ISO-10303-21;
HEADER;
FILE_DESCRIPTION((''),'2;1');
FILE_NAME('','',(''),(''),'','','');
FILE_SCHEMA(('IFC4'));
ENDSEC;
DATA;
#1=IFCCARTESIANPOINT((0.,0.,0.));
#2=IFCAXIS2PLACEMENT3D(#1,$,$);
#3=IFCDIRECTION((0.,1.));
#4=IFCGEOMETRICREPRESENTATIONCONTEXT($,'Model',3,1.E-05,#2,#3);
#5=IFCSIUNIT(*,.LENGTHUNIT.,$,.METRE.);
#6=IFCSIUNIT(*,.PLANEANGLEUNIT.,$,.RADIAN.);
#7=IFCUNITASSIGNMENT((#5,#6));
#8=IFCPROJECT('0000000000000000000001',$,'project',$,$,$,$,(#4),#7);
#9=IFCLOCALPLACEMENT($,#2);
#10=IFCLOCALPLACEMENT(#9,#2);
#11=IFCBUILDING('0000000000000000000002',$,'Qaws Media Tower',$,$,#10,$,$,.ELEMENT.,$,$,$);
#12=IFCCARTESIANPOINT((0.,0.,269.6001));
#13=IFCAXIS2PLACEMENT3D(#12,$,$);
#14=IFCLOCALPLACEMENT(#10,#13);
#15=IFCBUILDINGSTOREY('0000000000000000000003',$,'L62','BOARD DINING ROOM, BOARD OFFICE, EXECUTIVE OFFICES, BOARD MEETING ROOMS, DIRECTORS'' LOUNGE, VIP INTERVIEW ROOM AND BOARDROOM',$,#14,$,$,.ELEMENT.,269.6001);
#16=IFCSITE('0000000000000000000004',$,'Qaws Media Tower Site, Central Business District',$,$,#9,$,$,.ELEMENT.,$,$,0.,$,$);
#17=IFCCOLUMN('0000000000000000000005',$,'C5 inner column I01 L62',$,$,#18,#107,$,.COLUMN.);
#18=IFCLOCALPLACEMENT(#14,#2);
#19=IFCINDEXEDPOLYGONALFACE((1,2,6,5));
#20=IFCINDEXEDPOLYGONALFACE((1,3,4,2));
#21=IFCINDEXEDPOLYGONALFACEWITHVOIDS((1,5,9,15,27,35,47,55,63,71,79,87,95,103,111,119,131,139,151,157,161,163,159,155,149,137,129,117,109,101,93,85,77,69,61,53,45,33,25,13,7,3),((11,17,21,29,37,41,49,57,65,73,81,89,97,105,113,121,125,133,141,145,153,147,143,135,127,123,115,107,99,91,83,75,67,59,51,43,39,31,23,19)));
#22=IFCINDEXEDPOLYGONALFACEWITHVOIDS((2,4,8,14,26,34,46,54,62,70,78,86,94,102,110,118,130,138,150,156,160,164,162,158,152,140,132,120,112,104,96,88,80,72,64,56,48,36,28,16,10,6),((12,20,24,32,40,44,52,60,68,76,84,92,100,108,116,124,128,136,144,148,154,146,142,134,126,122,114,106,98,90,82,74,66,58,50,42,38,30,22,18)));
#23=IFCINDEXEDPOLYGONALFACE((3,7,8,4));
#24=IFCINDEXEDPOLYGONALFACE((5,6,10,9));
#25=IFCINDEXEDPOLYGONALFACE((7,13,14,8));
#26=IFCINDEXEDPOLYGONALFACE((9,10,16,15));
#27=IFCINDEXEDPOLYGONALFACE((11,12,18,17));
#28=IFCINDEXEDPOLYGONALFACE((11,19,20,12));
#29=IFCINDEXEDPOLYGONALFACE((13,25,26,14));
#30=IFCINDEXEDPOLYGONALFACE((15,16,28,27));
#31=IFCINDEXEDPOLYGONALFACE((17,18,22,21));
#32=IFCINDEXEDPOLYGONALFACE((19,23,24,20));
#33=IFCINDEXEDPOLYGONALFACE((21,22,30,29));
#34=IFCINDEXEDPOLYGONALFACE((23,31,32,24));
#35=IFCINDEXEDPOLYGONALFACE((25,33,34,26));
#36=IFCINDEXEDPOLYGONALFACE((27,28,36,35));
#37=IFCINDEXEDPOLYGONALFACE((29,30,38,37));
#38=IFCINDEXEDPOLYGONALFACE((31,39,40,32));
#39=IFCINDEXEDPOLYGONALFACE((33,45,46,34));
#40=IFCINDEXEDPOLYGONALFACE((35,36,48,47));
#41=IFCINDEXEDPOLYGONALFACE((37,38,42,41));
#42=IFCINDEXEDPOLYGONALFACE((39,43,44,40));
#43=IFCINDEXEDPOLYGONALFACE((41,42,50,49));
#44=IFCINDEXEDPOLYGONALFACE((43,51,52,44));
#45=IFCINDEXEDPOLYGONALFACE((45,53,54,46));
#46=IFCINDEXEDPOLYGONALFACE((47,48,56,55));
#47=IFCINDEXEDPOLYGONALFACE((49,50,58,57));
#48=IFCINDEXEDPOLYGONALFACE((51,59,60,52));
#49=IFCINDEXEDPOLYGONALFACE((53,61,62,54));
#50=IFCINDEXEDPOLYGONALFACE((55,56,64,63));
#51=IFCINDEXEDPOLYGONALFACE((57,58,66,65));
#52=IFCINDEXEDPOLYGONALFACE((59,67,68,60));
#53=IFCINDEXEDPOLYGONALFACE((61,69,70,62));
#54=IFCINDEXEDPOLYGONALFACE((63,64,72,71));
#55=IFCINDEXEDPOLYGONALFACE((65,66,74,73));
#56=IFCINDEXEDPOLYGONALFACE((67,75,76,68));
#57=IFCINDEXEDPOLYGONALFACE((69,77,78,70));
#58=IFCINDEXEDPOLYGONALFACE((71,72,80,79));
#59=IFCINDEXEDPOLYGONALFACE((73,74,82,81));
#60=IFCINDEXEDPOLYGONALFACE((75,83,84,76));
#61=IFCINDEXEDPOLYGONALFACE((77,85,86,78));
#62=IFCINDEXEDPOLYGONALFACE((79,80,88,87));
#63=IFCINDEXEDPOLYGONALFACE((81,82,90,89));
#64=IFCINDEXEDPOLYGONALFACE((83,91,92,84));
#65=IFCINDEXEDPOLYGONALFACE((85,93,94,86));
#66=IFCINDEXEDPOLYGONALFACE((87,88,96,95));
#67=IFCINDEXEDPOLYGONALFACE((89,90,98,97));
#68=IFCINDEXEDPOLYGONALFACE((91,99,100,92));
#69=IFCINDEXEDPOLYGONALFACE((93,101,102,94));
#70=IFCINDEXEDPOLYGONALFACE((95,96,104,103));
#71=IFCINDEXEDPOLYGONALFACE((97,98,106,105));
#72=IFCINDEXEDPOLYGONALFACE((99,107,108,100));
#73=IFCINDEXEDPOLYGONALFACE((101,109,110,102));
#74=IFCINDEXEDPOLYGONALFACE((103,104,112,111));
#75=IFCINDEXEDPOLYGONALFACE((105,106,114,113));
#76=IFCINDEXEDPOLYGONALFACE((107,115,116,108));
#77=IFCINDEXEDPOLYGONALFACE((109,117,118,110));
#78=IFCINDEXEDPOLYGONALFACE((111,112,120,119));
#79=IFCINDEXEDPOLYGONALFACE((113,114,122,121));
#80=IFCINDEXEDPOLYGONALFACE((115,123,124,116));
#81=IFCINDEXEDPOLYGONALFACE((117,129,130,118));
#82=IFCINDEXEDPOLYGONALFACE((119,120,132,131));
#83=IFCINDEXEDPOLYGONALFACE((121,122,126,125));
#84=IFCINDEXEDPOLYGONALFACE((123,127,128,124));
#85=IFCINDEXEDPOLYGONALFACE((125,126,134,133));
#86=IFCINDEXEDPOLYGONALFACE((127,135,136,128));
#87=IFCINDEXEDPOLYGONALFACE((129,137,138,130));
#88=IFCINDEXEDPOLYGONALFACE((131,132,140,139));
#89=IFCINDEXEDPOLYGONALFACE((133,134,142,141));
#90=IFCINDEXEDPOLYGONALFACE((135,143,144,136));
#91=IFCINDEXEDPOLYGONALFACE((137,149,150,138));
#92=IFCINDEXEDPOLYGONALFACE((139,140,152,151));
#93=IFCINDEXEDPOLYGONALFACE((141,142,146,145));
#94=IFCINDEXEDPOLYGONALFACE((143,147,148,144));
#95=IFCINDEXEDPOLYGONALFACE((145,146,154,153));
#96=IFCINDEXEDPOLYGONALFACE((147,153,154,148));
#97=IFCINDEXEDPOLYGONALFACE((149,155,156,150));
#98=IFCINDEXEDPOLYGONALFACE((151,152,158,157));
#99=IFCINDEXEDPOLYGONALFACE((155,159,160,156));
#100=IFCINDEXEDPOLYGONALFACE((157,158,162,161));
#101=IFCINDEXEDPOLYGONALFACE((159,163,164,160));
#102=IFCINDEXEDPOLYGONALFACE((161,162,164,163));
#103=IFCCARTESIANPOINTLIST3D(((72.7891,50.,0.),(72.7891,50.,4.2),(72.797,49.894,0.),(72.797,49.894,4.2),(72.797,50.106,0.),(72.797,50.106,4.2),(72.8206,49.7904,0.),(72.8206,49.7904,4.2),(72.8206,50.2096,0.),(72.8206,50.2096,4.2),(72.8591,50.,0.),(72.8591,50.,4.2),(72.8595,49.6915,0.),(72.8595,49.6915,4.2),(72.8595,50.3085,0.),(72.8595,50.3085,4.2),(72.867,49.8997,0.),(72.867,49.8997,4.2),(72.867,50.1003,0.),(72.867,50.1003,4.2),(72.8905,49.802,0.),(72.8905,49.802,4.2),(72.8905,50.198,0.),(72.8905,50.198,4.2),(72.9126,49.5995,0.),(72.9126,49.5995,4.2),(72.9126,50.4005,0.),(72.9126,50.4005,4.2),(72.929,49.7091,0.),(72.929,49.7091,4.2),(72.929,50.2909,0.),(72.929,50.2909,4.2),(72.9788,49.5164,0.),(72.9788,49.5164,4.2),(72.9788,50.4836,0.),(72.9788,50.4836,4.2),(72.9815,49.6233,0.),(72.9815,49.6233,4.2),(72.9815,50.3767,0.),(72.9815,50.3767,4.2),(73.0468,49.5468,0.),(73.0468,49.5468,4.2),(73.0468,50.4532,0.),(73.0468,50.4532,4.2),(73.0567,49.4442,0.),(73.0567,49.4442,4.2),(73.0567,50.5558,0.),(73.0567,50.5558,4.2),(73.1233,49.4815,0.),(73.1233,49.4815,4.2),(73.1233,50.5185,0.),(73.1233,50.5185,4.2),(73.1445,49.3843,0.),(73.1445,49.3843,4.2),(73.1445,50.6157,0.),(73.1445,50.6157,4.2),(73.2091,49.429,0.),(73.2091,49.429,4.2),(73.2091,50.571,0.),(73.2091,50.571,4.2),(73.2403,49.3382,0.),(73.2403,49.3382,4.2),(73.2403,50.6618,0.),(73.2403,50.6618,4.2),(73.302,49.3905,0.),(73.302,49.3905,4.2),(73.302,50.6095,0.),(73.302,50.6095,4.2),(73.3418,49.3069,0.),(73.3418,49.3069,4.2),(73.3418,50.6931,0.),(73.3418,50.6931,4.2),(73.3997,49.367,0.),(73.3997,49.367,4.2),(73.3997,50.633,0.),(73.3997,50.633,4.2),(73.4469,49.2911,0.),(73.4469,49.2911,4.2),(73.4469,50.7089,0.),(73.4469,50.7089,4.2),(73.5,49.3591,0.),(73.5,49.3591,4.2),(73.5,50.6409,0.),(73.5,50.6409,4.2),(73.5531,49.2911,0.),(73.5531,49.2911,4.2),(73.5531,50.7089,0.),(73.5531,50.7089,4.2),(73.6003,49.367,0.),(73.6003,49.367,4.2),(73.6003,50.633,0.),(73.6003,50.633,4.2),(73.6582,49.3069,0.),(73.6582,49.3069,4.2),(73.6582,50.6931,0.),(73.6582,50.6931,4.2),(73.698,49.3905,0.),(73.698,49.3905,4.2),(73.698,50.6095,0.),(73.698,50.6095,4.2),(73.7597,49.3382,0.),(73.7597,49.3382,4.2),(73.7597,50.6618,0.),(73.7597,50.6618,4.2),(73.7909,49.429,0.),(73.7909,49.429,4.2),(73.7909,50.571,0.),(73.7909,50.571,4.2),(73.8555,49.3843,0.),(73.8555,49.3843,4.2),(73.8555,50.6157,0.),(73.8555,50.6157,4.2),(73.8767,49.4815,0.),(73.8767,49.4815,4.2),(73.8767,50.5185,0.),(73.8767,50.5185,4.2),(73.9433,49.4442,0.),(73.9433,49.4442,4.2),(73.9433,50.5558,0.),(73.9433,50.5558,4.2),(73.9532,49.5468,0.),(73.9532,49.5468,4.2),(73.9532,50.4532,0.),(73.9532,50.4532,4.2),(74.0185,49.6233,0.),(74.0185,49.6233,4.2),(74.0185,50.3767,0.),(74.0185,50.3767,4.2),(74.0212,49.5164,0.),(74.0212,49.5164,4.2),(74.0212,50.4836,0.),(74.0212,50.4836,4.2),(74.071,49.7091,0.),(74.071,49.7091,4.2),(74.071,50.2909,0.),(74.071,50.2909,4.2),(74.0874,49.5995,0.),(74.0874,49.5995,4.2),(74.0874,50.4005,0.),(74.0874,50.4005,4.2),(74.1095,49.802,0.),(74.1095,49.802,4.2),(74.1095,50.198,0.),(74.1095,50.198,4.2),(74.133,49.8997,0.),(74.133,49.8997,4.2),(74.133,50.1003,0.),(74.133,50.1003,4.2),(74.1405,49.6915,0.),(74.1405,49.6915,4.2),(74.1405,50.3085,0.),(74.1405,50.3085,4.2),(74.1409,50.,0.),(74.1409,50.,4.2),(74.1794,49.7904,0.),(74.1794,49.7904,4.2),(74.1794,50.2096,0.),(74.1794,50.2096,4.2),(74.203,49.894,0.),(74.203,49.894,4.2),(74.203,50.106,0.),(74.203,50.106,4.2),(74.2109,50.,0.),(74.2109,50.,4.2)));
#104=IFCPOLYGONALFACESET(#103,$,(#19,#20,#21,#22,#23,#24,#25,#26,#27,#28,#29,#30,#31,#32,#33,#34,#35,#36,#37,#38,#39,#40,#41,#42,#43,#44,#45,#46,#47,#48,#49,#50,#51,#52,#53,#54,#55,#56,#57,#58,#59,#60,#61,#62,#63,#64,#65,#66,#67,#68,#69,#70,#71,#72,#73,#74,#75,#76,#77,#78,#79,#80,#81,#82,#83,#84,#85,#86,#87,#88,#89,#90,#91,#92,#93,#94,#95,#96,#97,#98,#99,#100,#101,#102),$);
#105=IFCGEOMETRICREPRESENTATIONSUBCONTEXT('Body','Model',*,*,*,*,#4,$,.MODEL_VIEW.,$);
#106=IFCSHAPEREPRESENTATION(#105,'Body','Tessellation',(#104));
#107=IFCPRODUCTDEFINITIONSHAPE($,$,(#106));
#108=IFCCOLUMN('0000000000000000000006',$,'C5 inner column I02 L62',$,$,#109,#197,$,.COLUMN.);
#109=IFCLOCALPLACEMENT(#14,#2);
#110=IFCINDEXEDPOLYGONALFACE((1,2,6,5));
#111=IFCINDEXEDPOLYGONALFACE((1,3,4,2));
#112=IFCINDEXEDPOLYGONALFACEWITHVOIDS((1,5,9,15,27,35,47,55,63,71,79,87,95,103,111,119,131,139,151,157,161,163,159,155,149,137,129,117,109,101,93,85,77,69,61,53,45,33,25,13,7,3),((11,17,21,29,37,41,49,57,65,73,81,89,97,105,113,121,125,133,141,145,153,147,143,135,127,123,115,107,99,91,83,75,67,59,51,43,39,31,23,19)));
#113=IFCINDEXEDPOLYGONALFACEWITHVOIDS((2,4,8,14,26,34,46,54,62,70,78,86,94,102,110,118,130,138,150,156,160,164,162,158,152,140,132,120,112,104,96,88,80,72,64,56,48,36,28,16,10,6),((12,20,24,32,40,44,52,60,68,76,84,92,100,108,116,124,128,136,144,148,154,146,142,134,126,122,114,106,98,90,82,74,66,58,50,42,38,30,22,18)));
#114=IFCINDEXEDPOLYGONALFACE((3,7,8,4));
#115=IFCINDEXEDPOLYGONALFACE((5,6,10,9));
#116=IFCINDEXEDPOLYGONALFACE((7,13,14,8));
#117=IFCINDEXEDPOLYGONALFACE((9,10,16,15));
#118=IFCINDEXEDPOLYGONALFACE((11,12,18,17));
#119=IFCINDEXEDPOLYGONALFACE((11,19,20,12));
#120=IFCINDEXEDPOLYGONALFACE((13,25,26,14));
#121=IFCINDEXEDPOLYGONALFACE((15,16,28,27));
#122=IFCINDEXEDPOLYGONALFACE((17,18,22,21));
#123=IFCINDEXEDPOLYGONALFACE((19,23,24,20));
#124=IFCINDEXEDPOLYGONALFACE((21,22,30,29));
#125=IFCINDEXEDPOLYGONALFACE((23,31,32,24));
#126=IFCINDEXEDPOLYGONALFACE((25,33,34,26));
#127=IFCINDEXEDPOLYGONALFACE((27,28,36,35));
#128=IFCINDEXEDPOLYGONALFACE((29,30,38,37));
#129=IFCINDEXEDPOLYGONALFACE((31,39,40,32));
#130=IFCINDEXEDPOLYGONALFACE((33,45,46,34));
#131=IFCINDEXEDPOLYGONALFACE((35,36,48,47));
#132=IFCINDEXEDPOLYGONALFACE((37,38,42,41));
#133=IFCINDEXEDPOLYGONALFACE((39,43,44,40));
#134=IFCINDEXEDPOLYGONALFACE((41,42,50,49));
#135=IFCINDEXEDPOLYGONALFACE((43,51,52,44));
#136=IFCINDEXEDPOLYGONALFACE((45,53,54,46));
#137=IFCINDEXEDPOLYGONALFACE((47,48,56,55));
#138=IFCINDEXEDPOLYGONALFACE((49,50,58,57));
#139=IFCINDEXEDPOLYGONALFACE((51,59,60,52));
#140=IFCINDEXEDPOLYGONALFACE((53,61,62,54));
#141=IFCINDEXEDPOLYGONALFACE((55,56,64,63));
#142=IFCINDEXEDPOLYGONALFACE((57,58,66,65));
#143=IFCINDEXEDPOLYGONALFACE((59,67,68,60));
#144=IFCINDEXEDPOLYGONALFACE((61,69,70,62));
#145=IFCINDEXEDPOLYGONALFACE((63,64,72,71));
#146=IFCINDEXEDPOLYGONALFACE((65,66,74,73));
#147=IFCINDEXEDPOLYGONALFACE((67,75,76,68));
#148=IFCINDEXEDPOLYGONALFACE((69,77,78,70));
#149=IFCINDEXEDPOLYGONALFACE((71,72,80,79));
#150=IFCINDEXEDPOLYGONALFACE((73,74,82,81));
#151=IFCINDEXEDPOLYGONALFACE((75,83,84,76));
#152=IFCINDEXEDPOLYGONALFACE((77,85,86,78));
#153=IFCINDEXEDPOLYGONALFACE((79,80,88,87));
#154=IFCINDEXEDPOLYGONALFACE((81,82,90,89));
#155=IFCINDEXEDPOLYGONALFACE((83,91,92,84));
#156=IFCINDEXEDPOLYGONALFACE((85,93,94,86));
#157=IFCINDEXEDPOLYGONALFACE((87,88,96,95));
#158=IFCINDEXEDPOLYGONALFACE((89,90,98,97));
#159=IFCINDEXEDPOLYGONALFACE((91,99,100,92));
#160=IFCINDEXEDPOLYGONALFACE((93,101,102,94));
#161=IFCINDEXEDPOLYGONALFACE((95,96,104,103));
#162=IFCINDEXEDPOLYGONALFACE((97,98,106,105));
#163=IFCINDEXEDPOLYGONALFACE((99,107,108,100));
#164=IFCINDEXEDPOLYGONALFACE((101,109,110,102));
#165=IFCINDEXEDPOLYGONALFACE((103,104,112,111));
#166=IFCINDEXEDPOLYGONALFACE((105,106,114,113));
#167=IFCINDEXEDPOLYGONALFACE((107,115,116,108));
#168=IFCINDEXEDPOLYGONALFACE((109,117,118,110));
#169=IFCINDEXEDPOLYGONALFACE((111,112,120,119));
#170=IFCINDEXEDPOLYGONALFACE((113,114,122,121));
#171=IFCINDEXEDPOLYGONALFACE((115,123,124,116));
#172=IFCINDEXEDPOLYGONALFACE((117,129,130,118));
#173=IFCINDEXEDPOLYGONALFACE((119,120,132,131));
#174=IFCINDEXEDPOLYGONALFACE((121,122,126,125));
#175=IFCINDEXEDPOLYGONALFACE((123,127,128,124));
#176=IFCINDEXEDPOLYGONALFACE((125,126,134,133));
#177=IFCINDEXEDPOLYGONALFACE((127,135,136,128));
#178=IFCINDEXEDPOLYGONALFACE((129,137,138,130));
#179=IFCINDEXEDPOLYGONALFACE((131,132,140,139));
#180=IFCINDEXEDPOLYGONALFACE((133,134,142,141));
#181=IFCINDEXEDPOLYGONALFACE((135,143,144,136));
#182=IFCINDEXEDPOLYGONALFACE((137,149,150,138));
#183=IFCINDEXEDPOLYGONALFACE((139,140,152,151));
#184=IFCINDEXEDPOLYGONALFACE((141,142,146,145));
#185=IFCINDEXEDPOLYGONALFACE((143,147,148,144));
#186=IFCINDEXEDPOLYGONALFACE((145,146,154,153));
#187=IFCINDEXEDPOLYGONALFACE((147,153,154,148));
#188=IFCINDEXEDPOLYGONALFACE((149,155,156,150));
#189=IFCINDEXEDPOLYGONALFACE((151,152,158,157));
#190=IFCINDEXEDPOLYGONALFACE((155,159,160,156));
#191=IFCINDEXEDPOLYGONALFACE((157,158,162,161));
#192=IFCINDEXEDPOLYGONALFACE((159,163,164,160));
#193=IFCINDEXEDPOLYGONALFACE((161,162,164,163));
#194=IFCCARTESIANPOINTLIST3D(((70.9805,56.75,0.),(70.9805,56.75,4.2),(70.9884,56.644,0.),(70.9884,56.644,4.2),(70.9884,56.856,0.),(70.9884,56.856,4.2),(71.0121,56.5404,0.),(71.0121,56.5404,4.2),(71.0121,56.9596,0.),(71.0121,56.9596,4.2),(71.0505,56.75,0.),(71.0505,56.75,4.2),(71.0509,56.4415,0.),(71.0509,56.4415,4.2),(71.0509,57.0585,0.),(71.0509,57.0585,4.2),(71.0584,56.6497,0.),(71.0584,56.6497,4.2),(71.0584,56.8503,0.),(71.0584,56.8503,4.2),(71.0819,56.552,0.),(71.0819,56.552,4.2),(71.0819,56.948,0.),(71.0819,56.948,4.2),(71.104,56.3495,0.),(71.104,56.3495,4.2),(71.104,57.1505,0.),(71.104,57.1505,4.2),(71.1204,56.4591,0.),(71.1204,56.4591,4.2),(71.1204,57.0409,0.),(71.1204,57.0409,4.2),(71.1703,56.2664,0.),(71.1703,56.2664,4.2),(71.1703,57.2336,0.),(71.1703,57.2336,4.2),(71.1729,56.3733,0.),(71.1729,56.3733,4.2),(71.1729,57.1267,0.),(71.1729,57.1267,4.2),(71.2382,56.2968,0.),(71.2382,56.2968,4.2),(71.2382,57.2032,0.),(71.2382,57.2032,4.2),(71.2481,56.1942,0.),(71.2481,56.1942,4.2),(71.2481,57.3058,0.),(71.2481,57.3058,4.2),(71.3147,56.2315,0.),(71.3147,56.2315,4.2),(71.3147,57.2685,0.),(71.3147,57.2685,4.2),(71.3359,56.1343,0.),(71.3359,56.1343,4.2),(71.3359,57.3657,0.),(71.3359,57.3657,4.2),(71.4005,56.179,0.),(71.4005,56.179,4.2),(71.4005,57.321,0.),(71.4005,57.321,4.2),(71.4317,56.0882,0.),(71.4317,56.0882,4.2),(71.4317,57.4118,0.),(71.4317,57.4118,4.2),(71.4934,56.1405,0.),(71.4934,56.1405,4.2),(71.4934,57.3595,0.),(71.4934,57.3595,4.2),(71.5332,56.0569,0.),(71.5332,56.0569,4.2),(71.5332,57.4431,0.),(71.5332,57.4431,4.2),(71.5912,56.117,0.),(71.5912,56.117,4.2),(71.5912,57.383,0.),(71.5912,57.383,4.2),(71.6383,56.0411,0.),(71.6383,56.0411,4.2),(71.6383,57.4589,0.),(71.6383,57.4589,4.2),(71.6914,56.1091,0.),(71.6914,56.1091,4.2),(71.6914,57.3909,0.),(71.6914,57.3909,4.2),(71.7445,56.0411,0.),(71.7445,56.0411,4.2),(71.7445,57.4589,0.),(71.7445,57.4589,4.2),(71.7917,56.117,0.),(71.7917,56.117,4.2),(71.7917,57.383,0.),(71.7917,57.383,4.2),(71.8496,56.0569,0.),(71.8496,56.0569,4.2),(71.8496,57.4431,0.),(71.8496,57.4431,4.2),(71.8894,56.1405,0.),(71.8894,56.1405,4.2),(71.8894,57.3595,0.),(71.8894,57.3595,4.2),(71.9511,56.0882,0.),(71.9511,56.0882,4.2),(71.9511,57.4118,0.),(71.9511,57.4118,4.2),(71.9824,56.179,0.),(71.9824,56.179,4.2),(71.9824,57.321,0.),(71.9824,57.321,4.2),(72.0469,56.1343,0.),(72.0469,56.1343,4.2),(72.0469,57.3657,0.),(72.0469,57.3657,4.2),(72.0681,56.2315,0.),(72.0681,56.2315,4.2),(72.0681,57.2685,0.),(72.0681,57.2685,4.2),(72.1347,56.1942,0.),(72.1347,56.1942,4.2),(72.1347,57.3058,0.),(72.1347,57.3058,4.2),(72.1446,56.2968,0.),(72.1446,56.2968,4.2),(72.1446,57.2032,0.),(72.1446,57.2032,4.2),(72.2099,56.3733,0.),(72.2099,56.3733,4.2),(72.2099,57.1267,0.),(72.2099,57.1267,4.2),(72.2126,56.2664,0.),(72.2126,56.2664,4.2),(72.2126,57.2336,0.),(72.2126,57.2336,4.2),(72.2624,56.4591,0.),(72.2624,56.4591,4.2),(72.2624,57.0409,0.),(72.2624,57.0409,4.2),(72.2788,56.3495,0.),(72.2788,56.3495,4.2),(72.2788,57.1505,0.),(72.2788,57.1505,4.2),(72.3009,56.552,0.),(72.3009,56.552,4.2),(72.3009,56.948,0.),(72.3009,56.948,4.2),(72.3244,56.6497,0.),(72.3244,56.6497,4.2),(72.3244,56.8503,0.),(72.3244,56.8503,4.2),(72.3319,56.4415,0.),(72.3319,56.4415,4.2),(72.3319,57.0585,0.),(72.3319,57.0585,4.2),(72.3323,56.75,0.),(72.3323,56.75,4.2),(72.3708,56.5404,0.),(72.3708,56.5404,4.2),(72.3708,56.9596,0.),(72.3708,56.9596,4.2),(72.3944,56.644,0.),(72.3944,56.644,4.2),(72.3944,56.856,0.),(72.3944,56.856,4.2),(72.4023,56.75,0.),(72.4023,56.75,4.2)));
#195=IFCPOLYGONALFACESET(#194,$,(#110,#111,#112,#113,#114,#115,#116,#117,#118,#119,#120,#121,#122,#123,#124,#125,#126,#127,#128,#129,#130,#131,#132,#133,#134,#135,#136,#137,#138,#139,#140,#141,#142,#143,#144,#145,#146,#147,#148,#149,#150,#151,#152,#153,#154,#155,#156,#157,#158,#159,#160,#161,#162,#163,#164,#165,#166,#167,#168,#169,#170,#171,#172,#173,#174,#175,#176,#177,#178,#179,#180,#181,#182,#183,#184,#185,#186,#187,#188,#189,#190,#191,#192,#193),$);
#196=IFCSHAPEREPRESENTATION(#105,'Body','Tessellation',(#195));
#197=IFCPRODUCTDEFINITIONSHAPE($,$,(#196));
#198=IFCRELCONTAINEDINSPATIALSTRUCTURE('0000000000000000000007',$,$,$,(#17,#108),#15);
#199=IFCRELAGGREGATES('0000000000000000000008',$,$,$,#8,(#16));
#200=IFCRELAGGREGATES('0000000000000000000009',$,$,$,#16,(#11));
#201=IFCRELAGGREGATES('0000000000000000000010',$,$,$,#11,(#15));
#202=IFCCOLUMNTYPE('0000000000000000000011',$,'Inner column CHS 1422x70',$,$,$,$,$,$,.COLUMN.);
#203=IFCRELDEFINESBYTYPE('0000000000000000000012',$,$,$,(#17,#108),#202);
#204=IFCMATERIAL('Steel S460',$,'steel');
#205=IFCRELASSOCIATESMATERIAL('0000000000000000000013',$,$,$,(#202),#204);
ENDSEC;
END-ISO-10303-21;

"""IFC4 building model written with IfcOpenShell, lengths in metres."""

from ifc_helpers import new_model, si_unit, direction, frame, origin, origin_2d, place, context, subcontext, project, spatial, hollow_circle, extrude, material, material_profile, profile_set, type_object, element, save


model = new_model("IFC4")

# Units and contexts
model_context = context("Model", 3, precision=1e-05, world=origin(), true_north=direction((0.0, 1.0)))
body_context = subcontext(model_context, "Body", "Model", "MODEL_VIEW")
ifc_project = project(units=[si_unit("LENGTHUNIT", "METRE"), si_unit("PLANEANGLEUNIT", "RADIAN")], contexts=[model_context])

# Site, building, storey
site_placement = place(None, origin())
site = spatial("IfcSite", under=ifc_project, at=site_placement, Name="Qaws Media Tower Site, Central Business District", CompositionType="ELEMENT", RefElevation=0.0)
building_placement = place(site_placement, origin())
building = spatial("IfcBuilding", under=site, at=building_placement, Name="Qaws Media Tower", CompositionType="ELEMENT")
storey_placement = place(building_placement, frame((0.0, 0.0, 269.6001)))
storey = spatial("IfcBuildingStorey", under=building, at=storey_placement, Name="L62", Description="BOARD DINING ROOM, BOARD OFFICE, EXECUTIVE OFFICES, BOARD MEETING ROOMS, DIRECTORS' LOUNGE, VIP INTERVIEW ROOM AND BOARDROOM", CompositionType="ELEMENT", Elevation=269.6001)

# Columns
ifc_material_1 = material(Name="Steel S460", Category="steel")
ifc_material_profile_1 = material_profile(ifc_material_1, hollow_circle(Radius=0.7109, WallThickness=0.0701, at=origin_2d()), Name="CHS 1422x70")
ifc_profile_set_1 = profile_set([ifc_material_profile_1], Name="Steel S460")
column_type = type_object("IfcColumnType", Name="Inner column CHS 1422x70", PredefinedType="COLUMN", material=ifc_profile_set_1)
for number, where, z_axis, x_axis, name in (
    (1, (73.5, 50.0, 0.0), (0.0, 0.0, 1.0), (1.0, 0.0, 0.0), "C5 inner column I01 L62"),
    (2, (71.6914, 56.75, 0.0), (0.0, 0.0, 1.0), (1.0, 0.0, 0.0), "C5 inner column I02 L62"),
):
    element("IfcColumn", number, at=place(storey_placement, frame(where, z_axis=z_axis, x_axis=x_axis)), inside=storey, type_object=column_type, Name=name, PredefinedType="COLUMN", context=body_context, shape_type="SweptSolid", body=[
        extrude(hollow_circle(Radius=0.7109, WallThickness=0.0701, at=origin_2d()), origin(), (0.0, 0.0, 1.0), 4.2),
    ])

save(model, "model.ifc")
